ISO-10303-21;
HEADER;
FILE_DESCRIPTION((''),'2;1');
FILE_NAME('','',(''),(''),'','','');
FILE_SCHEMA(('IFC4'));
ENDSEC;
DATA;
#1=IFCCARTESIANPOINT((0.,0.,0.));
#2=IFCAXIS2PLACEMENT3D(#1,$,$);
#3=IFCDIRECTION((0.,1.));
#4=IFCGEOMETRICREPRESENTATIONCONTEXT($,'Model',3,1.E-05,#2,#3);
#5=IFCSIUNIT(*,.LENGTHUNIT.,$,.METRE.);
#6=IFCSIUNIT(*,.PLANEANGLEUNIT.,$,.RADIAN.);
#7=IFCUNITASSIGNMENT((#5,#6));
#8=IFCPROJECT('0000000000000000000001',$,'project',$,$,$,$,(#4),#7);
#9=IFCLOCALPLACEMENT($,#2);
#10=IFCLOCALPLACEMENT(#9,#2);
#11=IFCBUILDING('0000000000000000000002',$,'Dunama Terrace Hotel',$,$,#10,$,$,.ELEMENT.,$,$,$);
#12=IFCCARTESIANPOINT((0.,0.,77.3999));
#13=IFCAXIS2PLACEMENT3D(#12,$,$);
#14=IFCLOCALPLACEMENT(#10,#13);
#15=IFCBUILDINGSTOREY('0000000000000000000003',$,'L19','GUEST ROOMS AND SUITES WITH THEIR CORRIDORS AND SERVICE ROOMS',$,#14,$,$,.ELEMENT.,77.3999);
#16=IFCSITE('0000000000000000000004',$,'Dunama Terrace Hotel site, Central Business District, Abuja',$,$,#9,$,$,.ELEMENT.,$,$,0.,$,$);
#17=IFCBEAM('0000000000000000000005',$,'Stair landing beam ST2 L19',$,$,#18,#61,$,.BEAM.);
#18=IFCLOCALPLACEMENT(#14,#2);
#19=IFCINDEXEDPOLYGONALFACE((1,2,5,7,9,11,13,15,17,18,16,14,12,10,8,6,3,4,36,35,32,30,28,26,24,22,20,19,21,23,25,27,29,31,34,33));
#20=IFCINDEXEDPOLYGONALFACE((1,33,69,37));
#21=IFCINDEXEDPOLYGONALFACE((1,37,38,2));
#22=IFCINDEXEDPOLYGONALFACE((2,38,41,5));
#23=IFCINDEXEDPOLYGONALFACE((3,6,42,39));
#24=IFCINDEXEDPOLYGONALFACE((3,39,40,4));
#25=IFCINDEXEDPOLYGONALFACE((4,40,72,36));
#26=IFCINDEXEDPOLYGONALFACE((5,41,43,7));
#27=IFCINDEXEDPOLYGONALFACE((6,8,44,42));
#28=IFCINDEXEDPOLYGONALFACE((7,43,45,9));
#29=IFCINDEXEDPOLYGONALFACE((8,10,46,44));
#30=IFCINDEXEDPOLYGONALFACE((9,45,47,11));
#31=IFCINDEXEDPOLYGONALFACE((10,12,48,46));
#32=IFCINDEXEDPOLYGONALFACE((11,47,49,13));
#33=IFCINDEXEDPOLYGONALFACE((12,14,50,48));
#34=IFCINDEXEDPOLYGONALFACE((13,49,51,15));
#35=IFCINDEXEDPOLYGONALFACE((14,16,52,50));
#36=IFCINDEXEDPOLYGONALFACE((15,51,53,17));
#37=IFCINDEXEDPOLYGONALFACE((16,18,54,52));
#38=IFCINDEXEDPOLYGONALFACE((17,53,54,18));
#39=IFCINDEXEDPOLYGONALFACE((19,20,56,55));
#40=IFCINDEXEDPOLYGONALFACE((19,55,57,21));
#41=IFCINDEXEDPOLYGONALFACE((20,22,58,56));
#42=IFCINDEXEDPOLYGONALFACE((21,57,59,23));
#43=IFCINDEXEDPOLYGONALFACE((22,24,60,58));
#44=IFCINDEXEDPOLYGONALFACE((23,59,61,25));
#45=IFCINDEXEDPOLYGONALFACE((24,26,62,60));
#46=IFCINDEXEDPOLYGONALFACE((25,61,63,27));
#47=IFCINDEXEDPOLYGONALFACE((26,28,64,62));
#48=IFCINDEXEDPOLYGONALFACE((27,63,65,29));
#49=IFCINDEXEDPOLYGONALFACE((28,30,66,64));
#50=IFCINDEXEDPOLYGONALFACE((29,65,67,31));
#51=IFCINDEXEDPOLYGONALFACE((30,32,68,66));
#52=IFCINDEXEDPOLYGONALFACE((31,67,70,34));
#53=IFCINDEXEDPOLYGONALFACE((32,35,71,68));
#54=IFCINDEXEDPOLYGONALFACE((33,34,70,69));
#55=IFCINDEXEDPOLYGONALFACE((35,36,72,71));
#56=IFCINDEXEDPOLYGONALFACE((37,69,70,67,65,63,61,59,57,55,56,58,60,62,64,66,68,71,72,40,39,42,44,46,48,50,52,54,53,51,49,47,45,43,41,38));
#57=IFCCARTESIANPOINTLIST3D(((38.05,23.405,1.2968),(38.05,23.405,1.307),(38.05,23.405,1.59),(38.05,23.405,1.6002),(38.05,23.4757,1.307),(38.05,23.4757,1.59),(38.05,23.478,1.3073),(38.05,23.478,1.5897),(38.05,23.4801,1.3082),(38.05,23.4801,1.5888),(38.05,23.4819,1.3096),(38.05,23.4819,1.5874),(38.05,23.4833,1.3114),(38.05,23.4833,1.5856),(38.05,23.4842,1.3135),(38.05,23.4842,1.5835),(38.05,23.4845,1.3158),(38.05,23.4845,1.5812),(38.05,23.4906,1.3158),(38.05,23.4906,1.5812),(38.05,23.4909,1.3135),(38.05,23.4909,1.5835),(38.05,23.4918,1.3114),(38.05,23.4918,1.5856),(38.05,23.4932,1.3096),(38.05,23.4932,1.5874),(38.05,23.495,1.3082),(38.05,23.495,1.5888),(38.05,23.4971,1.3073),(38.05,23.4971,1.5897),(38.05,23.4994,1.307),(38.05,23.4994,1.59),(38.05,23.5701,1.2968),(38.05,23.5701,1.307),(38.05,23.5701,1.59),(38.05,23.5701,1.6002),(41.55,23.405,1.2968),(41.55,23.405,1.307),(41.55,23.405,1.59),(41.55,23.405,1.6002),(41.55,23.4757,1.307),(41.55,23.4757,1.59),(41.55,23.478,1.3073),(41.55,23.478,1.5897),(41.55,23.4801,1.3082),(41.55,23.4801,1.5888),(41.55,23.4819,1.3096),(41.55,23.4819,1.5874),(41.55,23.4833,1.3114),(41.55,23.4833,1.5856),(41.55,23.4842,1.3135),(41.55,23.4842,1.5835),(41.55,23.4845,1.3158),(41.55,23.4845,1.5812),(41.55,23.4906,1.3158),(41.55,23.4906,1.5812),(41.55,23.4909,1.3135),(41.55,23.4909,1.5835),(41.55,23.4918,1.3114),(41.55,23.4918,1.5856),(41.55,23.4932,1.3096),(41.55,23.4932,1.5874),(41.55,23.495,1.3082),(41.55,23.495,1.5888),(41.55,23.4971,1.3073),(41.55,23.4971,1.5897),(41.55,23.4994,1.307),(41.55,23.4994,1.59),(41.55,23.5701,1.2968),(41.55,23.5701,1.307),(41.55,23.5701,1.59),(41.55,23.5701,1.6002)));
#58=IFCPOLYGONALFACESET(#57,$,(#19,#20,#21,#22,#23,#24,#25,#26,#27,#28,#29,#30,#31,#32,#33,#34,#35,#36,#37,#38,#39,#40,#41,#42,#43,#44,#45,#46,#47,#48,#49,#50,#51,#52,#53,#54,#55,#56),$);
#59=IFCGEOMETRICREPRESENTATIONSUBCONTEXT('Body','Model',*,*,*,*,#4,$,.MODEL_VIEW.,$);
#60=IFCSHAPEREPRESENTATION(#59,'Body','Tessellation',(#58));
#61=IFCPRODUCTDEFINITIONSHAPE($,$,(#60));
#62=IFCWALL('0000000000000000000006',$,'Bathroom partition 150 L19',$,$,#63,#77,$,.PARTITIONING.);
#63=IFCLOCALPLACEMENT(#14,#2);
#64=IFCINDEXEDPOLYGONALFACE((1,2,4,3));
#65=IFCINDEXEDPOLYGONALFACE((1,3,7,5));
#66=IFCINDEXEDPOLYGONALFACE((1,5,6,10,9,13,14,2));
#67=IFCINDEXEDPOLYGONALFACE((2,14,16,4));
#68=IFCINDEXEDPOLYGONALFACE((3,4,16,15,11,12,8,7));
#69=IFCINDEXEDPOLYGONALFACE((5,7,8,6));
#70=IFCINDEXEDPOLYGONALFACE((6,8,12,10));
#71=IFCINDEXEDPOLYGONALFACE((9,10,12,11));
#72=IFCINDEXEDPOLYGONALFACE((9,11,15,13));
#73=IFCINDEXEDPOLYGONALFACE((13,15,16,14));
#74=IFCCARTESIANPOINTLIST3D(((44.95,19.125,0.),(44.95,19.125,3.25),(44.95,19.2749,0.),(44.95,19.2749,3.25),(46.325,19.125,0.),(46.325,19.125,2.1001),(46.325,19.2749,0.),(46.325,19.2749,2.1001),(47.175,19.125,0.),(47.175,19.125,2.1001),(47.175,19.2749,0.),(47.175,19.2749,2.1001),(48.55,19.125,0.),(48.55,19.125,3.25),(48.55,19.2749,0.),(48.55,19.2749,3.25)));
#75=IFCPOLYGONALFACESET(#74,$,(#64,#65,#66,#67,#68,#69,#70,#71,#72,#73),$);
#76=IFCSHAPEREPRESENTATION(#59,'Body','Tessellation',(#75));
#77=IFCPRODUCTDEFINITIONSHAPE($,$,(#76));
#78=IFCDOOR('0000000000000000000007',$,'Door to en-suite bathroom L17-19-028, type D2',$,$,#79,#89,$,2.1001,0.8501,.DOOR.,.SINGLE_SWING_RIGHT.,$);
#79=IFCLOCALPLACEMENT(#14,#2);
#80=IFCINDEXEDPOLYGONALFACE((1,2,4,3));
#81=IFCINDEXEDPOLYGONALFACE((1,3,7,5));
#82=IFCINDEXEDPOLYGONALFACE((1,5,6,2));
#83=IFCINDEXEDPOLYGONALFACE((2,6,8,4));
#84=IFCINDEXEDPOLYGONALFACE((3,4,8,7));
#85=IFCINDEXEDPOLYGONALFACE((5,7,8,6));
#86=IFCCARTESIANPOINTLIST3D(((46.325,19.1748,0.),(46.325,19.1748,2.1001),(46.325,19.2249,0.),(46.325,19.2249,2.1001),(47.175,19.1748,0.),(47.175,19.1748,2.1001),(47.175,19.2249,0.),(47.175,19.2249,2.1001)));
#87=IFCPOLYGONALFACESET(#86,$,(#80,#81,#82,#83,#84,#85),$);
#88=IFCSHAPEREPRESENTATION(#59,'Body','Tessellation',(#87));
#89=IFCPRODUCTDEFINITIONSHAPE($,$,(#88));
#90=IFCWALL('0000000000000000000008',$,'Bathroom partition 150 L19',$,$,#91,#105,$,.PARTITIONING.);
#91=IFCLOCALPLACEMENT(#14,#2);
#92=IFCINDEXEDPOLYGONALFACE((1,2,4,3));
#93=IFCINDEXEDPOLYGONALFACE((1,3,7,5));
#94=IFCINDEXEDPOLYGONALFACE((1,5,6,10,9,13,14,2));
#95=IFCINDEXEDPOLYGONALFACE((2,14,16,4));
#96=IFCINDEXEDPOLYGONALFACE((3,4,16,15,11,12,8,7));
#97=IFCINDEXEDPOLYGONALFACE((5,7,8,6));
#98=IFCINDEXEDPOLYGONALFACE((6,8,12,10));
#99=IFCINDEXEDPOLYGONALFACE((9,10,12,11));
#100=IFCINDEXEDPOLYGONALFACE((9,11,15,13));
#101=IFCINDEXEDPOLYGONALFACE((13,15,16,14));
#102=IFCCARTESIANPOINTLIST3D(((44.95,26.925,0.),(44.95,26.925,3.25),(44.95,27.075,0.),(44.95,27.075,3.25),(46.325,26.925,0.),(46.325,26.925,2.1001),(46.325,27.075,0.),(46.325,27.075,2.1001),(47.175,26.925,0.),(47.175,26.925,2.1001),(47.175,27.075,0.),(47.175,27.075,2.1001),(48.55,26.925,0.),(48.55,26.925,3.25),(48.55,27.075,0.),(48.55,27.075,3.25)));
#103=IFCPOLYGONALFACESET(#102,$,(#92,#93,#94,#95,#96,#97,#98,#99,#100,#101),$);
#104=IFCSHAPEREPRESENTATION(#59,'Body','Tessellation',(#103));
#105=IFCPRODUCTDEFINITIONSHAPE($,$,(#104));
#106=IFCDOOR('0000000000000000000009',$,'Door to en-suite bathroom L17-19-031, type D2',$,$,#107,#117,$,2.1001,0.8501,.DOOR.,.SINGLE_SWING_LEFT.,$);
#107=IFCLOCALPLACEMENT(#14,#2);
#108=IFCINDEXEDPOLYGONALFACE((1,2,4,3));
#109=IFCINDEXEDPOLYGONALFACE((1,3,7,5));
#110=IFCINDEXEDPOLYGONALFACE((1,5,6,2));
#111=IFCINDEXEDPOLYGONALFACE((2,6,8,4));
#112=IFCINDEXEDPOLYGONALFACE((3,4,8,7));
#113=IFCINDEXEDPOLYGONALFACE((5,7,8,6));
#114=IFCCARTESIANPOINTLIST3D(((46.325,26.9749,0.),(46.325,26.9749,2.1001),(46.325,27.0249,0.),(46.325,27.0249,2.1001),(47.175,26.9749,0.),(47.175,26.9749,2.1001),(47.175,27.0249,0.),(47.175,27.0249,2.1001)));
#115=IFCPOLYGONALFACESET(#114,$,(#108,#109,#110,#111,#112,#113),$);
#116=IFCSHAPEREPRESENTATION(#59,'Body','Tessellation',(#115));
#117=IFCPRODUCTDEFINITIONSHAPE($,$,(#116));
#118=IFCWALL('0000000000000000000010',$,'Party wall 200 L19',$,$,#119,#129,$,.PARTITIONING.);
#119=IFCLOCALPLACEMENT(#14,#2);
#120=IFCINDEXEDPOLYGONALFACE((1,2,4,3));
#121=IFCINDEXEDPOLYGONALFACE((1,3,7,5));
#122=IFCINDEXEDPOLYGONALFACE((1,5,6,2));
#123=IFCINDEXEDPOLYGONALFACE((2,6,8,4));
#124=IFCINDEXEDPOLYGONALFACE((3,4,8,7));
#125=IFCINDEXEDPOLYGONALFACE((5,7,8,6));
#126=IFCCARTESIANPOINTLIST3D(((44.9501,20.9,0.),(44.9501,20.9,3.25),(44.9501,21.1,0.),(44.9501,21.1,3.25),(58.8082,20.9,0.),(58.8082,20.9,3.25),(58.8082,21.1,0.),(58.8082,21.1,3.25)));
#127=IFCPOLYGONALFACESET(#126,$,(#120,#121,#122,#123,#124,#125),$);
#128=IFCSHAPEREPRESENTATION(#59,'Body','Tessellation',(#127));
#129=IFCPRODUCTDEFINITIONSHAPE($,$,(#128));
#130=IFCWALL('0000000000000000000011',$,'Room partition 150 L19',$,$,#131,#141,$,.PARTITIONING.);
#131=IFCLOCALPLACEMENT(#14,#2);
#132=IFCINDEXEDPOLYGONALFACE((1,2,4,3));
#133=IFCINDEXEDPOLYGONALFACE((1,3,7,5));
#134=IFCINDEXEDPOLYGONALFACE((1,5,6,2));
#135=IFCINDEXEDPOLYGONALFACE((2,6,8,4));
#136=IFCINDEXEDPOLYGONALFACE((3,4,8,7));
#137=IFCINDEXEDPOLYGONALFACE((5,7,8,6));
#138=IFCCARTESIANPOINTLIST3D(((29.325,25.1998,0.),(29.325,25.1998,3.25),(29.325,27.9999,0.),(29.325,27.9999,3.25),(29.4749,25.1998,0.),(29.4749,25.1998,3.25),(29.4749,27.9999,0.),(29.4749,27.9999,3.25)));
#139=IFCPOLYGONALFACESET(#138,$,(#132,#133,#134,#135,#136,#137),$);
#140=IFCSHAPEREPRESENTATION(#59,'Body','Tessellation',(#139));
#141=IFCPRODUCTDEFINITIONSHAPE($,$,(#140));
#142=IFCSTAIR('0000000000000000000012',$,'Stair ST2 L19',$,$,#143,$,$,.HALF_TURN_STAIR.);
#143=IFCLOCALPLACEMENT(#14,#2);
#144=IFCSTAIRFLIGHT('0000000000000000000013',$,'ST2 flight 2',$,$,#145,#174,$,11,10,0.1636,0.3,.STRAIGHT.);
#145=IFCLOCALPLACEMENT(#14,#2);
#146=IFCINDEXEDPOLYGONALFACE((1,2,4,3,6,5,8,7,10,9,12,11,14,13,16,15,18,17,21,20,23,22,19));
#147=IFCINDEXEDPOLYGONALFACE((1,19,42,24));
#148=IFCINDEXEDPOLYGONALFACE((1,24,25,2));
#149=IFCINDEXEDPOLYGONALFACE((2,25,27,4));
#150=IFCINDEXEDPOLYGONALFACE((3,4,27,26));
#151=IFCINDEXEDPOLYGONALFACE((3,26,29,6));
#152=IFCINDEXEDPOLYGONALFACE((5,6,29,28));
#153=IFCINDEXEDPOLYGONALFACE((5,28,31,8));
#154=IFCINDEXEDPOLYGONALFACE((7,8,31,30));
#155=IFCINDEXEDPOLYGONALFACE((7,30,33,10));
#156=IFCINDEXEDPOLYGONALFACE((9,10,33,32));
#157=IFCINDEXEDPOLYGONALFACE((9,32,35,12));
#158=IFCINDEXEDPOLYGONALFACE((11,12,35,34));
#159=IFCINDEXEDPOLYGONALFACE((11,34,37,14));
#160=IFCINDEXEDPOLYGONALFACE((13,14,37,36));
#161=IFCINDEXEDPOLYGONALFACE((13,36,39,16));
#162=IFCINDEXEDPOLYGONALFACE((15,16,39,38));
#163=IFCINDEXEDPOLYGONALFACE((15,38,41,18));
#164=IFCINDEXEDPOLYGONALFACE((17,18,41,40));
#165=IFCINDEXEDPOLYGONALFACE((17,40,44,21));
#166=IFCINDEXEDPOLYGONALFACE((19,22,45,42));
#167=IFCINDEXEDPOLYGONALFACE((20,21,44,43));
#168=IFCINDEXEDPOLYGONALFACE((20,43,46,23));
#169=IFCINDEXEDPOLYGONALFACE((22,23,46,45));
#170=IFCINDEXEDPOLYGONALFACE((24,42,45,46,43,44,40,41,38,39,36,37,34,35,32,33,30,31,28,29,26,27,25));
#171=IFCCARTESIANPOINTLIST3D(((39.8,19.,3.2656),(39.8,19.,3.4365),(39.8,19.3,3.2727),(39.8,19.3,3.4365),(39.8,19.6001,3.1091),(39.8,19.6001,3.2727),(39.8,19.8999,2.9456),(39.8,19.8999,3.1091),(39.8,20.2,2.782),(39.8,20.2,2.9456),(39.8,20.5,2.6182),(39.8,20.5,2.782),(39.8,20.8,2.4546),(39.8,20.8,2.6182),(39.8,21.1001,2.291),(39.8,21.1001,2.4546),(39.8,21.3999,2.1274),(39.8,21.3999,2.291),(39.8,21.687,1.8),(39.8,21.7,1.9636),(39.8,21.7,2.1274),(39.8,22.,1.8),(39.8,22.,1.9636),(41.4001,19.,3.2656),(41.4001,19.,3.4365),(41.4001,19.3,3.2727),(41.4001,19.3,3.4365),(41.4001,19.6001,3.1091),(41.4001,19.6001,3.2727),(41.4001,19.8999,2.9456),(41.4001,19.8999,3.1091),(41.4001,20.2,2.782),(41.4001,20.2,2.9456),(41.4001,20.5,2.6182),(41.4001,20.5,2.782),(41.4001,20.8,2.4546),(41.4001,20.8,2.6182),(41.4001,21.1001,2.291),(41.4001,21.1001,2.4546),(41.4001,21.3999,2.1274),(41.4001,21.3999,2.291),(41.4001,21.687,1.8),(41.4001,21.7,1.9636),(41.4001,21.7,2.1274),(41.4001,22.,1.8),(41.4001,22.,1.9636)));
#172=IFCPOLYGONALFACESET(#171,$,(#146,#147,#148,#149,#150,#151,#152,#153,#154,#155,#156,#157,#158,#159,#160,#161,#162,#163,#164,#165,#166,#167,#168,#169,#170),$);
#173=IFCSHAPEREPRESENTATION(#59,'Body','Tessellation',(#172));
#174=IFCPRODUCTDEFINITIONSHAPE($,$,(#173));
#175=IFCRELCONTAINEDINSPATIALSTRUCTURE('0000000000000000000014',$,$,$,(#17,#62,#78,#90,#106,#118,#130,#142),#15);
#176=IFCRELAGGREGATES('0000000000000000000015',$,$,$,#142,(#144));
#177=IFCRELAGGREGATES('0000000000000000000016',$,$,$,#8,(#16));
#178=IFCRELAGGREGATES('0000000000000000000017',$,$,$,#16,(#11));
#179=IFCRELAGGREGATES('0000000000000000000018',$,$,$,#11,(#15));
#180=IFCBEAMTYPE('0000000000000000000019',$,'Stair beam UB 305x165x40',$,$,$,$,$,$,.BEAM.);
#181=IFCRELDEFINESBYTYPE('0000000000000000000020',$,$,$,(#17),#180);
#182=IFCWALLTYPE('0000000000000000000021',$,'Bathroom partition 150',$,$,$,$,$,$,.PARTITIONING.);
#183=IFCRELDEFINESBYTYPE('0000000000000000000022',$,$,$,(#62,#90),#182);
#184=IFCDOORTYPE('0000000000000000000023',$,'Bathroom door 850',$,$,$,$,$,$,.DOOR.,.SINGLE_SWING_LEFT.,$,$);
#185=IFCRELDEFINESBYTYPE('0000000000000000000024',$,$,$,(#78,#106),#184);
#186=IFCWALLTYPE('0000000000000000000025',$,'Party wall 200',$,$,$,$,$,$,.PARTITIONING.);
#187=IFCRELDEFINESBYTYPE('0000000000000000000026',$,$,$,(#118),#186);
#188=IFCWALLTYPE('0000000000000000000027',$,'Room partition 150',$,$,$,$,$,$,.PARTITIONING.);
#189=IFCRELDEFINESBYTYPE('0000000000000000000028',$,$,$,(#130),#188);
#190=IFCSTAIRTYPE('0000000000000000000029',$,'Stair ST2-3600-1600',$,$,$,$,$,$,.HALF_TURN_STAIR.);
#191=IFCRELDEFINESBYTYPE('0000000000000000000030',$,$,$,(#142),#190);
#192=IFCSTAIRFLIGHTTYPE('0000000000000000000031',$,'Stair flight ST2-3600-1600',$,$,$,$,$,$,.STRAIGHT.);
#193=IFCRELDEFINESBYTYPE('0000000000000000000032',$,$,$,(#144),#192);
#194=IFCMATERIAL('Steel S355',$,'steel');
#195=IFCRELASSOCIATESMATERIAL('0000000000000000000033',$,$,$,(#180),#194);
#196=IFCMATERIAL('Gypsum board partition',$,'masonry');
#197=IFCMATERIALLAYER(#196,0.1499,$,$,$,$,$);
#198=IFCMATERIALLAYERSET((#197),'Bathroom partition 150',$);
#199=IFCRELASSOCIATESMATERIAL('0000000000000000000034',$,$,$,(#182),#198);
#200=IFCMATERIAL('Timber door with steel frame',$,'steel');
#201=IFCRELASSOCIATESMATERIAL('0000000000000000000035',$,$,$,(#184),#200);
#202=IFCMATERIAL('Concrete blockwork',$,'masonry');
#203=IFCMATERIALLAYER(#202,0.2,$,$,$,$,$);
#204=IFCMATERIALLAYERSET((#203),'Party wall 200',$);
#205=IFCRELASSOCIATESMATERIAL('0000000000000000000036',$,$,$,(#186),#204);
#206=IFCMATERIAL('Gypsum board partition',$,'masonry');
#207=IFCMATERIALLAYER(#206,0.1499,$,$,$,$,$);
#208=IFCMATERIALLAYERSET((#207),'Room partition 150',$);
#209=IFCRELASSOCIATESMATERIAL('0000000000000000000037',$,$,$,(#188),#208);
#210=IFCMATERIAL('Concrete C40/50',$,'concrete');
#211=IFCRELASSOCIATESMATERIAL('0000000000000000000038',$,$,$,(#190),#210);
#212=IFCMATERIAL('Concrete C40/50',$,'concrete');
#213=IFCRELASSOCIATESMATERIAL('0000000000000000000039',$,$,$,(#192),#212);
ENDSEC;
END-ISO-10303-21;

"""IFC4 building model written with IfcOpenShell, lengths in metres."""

from ifc_helpers import new_model, si_unit, direction, frame, frame_2d, origin, origin_2d, place, context, subcontext, project, spatial, polyline, rectangle, i_section, outline, extrude, material, layer, layer_set, material_profile, profile_set, type_object, element, fill, aggregate, save


model = new_model("IFC4")

# Units and contexts
model_context = context("Model", 3, precision=1e-05, world=origin(), true_north=direction((0.0, 1.0)))
body_context = subcontext(model_context, "Body", "Model", "MODEL_VIEW")
ifc_project = project(units=[si_unit("LENGTHUNIT", "METRE"), si_unit("PLANEANGLEUNIT", "RADIAN")], contexts=[model_context])

# Site, building, storey
site_placement = place(None, origin())
site = spatial("IfcSite", under=ifc_project, at=site_placement, Name="Dunama Terrace Hotel site, Central Business District, Abuja", CompositionType="ELEMENT", RefElevation=0.0)
building_placement = place(site_placement, origin())
building = spatial("IfcBuilding", under=site, at=building_placement, Name="Dunama Terrace Hotel", CompositionType="ELEMENT")
storey_placement = place(building_placement, frame((0.0, 0.0, 77.3999)))
storey = spatial("IfcBuildingStorey", under=building, at=storey_placement, Name="L19", Description="GUEST ROOMS AND SUITES WITH THEIR CORRIDORS AND SERVICE ROOMS", CompositionType="ELEMENT", Elevation=77.3999)

# Beam
ifc_material_1 = material(Name="Steel S355", Category="steel")
ifc_material_profile = material_profile(ifc_material_1, i_section(OverallWidth=0.165, OverallDepth=0.3035, WebThickness=0.0061, FlangeThickness=0.0103, FilletRadius=0.0088, at=origin_2d()), Name="UB 305x165x40")
ifc_profile_set = profile_set([ifc_material_profile], Name="Steel S355")
beam_type = type_object("IfcBeamType", Name="Stair beam UB 305x165x40", PredefinedType="BEAM", material=ifc_profile_set)
beam_placement = place(storey_placement, frame((38.05, 23.4875, 1.4485), z_axis=(1.0, 0.0, 0.0), x_axis=(0.0, 1.0, 0.0)))
element("IfcBeam", 1, at=beam_placement, inside=storey, type_object=beam_type, Name="Stair landing beam ST2 L19", PredefinedType="BEAM", context=body_context, shape_type="SweptSolid", body=[
    extrude(i_section(OverallWidth=0.165, OverallDepth=0.3035, WebThickness=0.0061, FlangeThickness=0.0103, FilletRadius=0.0088, at=origin_2d()), origin(), (0.0, 0.0, 1.0), 3.5),
])

# Walls, openings, doors
ifc_material_2 = material(Name="Gypsum board partition", Category="masonry")
ifc_layer_1 = layer(ifc_material_2, 0.1499)
ifc_layer_set_1 = layer_set([ifc_layer_1], Name="Bathroom partition 150")
wall_type_1 = type_object("IfcWallType", Name="Bathroom partition 150", PredefinedType="PARTITIONING", material=ifc_layer_set_1)
wall_1_placement = place(storey_placement, frame((44.95, 19.2, 0.0), z_axis=(0.0, 0.0, 1.0), x_axis=(1.0, 0.0, 0.0)))
wall_1 = element("IfcWall", 2, at=wall_1_placement, inside=storey, type_object=wall_type_1, Name="Bathroom partition 150 L19", PredefinedType="PARTITIONING", context=body_context, shape_type="SweptSolid", body=[
    extrude(rectangle(XDim=3.6001, YDim=0.1499, at=frame_2d((1.8, 0.0))), origin(), (0.0, 0.0, 1.0), 3.25),
])
opening_1_placement = place(wall_1_placement, frame((1.375, 0.0, 0.0)))
opening_1 = element("IfcOpeningElement", 3, at=opening_1_placement, cuts=wall_1, PredefinedType="OPENING", context=body_context, shape_type="SweptSolid", body=[
    extrude(rectangle(XDim=0.8501, YDim=2.1001, at=frame_2d((0.425, 1.05))), frame((0.0, 0.085, 0.0), z_axis=(0.0, -1.0, 0.0), x_axis=(1.0, 0.0, 0.0)), (0.0, 0.0, 1.0), 0.1699),
])
ifc_material_3 = material(Name="Timber door with steel frame", Category="steel")
door_type = type_object("IfcDoorType", Name="Bathroom door 850", OperationType="SINGLE_SWING_LEFT", PredefinedType="DOOR", material=ifc_material_3)
door_1_placement = place(opening_1_placement, frame((0.8501, 0.0, 0.0), z_axis=(0.0, 0.0, 1.0), x_axis=(-1.0, 0.0, 0.0)))
door_1 = element("IfcDoor", 4, at=door_1_placement, inside=storey, type_object=door_type, Name="Door to en-suite bathroom L17-19-028, type D2", OperationType="SINGLE_SWING_RIGHT", OverallHeight=2.1001, OverallWidth=0.8501, PredefinedType="DOOR", context=body_context, shape_type="SweptSolid", body=[
    extrude(rectangle(XDim=0.8501, YDim=2.1001, at=frame_2d((0.425, 1.05))), frame((0.0, 0.0251, 0.0), z_axis=(0.0, -1.0, 0.0), x_axis=(1.0, 0.0, 0.0)), (0.0, 0.0, 1.0), 0.05),
])
fill(opening_1, door_1)
wall_2_placement = place(storey_placement, frame((44.95, 27.0, 0.0), z_axis=(0.0, 0.0, 1.0), x_axis=(1.0, 0.0, 0.0)))
wall_2 = element("IfcWall", 5, at=wall_2_placement, inside=storey, type_object=wall_type_1, Name="Bathroom partition 150 L19", PredefinedType="PARTITIONING", context=body_context, shape_type="SweptSolid", body=[
    extrude(rectangle(XDim=3.6001, YDim=0.1499, at=frame_2d((1.8, 0.0))), origin(), (0.0, 0.0, 1.0), 3.25),
])
opening_2_placement = place(wall_2_placement, frame((1.375, 0.0, 0.0)))
opening_2 = element("IfcOpeningElement", 6, at=opening_2_placement, cuts=wall_2, PredefinedType="OPENING", context=body_context, shape_type="SweptSolid", body=[
    extrude(rectangle(XDim=0.8501, YDim=2.1001, at=frame_2d((0.425, 1.05))), frame((0.0, 0.085, 0.0), z_axis=(0.0, -1.0, 0.0), x_axis=(1.0, 0.0, 0.0)), (0.0, 0.0, 1.0), 0.1699),
])
door_2_placement = place(opening_2_placement, origin())
door_2 = element("IfcDoor", 7, at=door_2_placement, inside=storey, type_object=door_type, Name="Door to en-suite bathroom L17-19-031, type D2", OperationType="SINGLE_SWING_LEFT", OverallHeight=2.1001, OverallWidth=0.8501, PredefinedType="DOOR", context=body_context, shape_type="SweptSolid", body=[
    extrude(rectangle(XDim=0.8501, YDim=2.1001, at=frame_2d((0.425, 1.05))), frame((0.0, 0.0249, 0.0), z_axis=(0.0, -1.0, 0.0), x_axis=(1.0, 0.0, 0.0)), (0.0, 0.0, 1.0), 0.05),
])
fill(opening_2, door_2)

# Walls
ifc_material_4 = material(Name="Concrete blockwork", Category="masonry")
ifc_layer_2 = layer(ifc_material_4, 0.2)
ifc_layer_set_2 = layer_set([ifc_layer_2], Name="Party wall 200")
wall_type_2 = type_object("IfcWallType", Name="Party wall 200", PredefinedType="PARTITIONING", material=ifc_layer_set_2)
wall_3_placement = place(storey_placement, frame((44.95, 21.0, 0.0), z_axis=(0.0, 0.0, 1.0), x_axis=(1.0, 0.0, 0.0)))
element("IfcWall", 8, at=wall_3_placement, inside=storey, type_object=wall_type_2, Name="Party wall 200 L19", PredefinedType="PARTITIONING", context=body_context, shape_type="SweptSolid", body=[
    extrude(rectangle(XDim=13.8582, YDim=0.2, at=frame_2d((6.9292, 0.0))), origin(), (0.0, 0.0, 1.0), 3.25),
])
ifc_material_5 = material(Name="Gypsum board partition", Category="masonry")
ifc_layer_3 = layer(ifc_material_5, 0.1499)
ifc_layer_set_3 = layer_set([ifc_layer_3], Name="Room partition 150")
wall_type_3 = type_object("IfcWallType", Name="Room partition 150", PredefinedType="PARTITIONING", material=ifc_layer_set_3)
wall_4_placement = place(storey_placement, frame((29.3999, 25.2, 0.0), z_axis=(0.0, 0.0, 1.0), x_axis=(0.0, 1.0, 0.0)))
element("IfcWall", 9, at=wall_4_placement, inside=storey, type_object=wall_type_3, Name="Room partition 150 L19", PredefinedType="PARTITIONING", context=body_context, shape_type="SweptSolid", body=[
    extrude(rectangle(XDim=2.8, YDim=0.1499, at=frame_2d((1.3999, 0.0))), origin(), (0.0, 0.0, 1.0), 3.25),
])

# Stair, stair flight
ifc_material_6 = material(Name="Concrete C40/50", Category="concrete")
stair_type = type_object("IfcStairType", Name="Stair ST2-3600-1600", PredefinedType="HALF_TURN_STAIR", material=ifc_material_6)
stair_placement = place(storey_placement, origin())
stair = element("IfcStair", 10, at=stair_placement, inside=storey, type_object=stair_type, Name="Stair ST2 L19", PredefinedType="HALF_TURN_STAIR")
ifc_material_7 = material(Name="Concrete C40/50", Category="concrete")
stair_flight_type = type_object("IfcStairFlightType", Name="Stair flight ST2-3600-1600", PredefinedType="STRAIGHT", material=ifc_material_7)
stair_flight_placement = place(storey_placement, frame((40.6001, 22.0, 1.8), z_axis=(0.0, 0.0, 1.0), x_axis=(0.0, -1.0, 0.0)))
stair_flight = element("IfcStairFlight", 11, at=stair_flight_placement, type_object=stair_flight_type, Name="ST2 flight 2", NumberOfRisers=11, NumberOfTreads=10, PredefinedType="STRAIGHT", RiserHeight=0.1636, TreadLength=0.3, context=body_context, shape_type="SweptSolid", body=[
    extrude(outline(polyline([(0.0, 0.0), (0.0, 0.1636), (0.3, 0.1636), (0.3, 0.3274), (0.6001, 0.3274), (0.6001, 0.491), (0.8999, 0.491), (0.8999, 0.6545), (1.2, 0.6545), (1.2, 0.8181), (1.5, 0.8181), (1.5, 0.9819), (1.8, 0.9819), (1.8, 1.1455), (2.1001, 1.1455), (2.1001, 1.3091), (2.3999, 1.3091), (2.3999, 1.4727), (2.7, 1.4727), (2.7, 1.6365), (3.0, 1.6365), (3.0, 1.8), (3.0, 1.4656), (0.313, 0.0), (0.0, 0.0)])), frame((0.0, 0.8, 0.0), z_axis=(0.0, -1.0, 0.0), x_axis=(1.0, 0.0, 0.0)), (0.0, 0.0, 1.0), 1.6001),
])
aggregate(stair, [stair_flight])

save(model, "model.ifc")
